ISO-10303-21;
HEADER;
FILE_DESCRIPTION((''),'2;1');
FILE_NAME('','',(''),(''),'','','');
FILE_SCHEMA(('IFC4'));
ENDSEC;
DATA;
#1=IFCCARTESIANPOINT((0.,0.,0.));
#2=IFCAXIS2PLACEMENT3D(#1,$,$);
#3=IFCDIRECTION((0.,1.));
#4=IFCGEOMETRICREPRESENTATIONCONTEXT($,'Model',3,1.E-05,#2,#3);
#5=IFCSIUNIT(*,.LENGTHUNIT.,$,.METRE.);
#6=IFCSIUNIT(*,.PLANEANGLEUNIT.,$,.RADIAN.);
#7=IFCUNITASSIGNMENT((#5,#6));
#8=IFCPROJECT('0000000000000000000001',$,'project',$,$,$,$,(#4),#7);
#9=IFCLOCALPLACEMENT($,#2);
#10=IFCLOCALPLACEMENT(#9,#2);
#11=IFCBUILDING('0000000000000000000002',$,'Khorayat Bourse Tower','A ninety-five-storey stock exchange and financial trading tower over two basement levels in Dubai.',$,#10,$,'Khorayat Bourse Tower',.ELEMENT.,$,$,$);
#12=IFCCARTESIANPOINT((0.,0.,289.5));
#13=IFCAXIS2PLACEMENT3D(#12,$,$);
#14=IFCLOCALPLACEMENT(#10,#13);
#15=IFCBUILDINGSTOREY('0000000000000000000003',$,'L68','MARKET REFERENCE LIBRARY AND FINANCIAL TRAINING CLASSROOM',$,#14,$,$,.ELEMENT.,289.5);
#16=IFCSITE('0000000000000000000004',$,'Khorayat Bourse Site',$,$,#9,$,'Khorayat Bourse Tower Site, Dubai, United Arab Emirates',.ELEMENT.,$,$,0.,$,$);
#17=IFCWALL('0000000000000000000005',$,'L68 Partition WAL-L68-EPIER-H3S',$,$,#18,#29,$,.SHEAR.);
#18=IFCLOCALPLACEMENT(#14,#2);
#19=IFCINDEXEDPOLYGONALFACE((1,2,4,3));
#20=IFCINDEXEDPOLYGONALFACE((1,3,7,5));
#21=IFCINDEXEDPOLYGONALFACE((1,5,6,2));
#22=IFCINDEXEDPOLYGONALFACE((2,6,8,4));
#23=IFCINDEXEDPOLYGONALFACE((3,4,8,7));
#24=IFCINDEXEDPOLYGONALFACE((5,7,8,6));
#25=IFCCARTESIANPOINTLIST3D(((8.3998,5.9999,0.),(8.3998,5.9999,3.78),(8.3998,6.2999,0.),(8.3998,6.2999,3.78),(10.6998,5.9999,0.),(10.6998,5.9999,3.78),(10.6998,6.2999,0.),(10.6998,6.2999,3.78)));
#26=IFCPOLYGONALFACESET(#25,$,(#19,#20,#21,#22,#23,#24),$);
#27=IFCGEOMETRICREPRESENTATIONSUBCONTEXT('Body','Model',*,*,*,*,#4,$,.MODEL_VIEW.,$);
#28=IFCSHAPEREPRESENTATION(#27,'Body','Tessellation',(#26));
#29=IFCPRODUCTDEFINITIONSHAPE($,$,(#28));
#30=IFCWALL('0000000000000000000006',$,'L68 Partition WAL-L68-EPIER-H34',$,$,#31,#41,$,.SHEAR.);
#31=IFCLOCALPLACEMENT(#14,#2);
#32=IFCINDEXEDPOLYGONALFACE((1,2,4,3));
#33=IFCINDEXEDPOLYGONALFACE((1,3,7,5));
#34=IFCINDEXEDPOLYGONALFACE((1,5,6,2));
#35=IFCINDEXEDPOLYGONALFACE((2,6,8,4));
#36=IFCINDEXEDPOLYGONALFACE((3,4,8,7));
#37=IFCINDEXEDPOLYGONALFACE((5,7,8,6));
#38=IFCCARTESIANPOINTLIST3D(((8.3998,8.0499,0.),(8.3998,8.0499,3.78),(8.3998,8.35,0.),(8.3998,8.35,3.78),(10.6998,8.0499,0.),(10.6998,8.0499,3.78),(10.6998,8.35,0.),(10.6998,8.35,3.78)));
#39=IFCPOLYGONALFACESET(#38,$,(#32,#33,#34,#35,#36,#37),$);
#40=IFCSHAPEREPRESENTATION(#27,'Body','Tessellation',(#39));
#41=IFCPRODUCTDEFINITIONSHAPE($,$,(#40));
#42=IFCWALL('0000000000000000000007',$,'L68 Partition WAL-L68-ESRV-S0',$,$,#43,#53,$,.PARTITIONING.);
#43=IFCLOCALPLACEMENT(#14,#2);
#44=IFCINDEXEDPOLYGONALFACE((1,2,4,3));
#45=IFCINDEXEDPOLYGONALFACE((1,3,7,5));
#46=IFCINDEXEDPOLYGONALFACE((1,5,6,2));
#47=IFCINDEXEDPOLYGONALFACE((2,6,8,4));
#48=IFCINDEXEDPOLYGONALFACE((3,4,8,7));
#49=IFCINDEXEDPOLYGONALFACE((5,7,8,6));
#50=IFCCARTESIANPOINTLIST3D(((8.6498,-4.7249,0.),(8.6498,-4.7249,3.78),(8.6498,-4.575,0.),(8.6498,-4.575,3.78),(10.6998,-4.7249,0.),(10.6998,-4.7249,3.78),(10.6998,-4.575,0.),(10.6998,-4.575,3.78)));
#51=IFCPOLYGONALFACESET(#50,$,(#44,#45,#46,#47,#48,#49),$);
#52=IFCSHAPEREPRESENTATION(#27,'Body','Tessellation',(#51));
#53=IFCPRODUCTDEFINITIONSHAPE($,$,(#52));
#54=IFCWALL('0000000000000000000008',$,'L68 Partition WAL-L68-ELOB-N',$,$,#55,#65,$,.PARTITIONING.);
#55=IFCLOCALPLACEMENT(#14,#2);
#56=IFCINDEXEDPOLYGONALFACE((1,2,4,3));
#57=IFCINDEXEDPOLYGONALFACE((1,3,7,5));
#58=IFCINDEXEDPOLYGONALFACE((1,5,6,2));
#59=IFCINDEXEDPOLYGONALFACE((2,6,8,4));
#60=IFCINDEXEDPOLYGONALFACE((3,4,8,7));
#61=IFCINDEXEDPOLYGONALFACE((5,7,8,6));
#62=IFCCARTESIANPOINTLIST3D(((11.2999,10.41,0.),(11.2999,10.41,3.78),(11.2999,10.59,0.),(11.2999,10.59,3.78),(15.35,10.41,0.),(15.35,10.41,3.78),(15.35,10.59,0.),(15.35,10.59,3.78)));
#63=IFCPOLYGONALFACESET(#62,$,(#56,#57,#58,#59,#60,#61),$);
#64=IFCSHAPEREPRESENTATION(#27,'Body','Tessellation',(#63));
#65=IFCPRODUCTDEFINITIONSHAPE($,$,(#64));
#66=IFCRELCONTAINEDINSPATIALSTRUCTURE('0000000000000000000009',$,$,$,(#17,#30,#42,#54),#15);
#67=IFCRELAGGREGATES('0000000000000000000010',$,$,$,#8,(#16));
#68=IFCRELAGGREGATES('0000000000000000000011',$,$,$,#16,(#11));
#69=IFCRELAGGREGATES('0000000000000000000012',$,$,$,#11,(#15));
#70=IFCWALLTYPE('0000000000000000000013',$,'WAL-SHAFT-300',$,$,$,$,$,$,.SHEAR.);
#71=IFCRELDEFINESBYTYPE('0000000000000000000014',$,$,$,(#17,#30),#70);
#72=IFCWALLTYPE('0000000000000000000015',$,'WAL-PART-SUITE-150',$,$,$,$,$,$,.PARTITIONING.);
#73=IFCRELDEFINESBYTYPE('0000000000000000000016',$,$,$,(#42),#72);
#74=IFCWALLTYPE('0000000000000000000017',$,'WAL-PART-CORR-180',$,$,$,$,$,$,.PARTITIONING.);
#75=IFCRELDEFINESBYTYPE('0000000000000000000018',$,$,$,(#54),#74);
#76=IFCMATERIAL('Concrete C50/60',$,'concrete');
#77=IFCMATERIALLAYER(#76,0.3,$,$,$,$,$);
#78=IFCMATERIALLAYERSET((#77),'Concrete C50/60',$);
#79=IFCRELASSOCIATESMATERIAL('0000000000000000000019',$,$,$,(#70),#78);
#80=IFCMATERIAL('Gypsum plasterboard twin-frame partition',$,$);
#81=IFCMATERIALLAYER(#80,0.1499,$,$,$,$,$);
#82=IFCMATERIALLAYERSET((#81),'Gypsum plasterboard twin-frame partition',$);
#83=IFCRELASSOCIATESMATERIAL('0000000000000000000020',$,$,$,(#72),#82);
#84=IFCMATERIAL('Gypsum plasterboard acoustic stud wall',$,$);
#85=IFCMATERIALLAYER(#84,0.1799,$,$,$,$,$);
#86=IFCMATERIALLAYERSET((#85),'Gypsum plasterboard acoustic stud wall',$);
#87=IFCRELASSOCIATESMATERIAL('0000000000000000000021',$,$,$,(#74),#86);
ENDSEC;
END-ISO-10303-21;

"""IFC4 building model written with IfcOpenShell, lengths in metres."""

from ifc_helpers import new_model, si_unit, direction, frame, frame_2d, origin, place, context, subcontext, project, spatial, rectangle, extrude, source, transform, mapped, material, layer, layer_set, type_object, element, save


model = new_model("IFC4")

# Units and contexts
model_context = context("Model", 3, precision=1e-05, world=origin(), true_north=direction((0.0, 1.0)))
body_context = subcontext(model_context, "Body", "Model", "MODEL_VIEW")
ifc_project = project(units=[si_unit("LENGTHUNIT", "METRE"), si_unit("PLANEANGLEUNIT", "RADIAN")], contexts=[model_context])

# Site, building, storey
site_placement = place(None, origin())
site = spatial("IfcSite", under=ifc_project, at=site_placement, Name="Khorayat Bourse Site", LongName="Khorayat Bourse Tower Site, Dubai, United Arab Emirates", CompositionType="ELEMENT", RefElevation=0.0)
building_placement = place(site_placement, origin())
building = spatial("IfcBuilding", under=site, at=building_placement, Name="Khorayat Bourse Tower", Description="A ninety-five-storey stock exchange and financial trading tower over two basement levels in Dubai.", LongName="Khorayat Bourse Tower", CompositionType="ELEMENT")
storey_placement = place(building_placement, frame((0.0, 0.0, 289.5)))
storey = spatial("IfcBuildingStorey", under=building, at=storey_placement, Name="L68", Description="MARKET REFERENCE LIBRARY AND FINANCIAL TRAINING CLASSROOM", CompositionType="ELEMENT", Elevation=289.5)

# Walls
ifc_material_1 = material(Name="Concrete C50/60", Category="concrete")
ifc_layer_1 = layer(ifc_material_1, 0.3)
ifc_layer_set_1 = layer_set([ifc_layer_1], Name="Concrete C50/60")
wall_type_1 = type_object("IfcWallType", Name="WAL-SHAFT-300", PredefinedType="SHEAR", material=ifc_layer_set_1)
shared_shape_1 = source(origin(), body_context, "Body", "SweptSolid", [
    extrude(rectangle(XDim=2.3, YDim=0.3, at=frame_2d((1.1499, 0.0))), origin(), (0.0, 0.0, 1.0), 3.78),
])
for number, where, z_axis, x_axis, name in (
    (1, (8.3999, 6.1499, 0.0), (0.0, 0.0, 1.0), (1.0, 0.0, 0.0), "L68 Partition WAL-L68-EPIER-H3S"),
    (2, (8.3999, 8.2, 0.0), (0.0, 0.0, 1.0), (1.0, 0.0, 0.0), "L68 Partition WAL-L68-EPIER-H34"),
):
    element("IfcWall", number, at=place(storey_placement, frame(where, z_axis=z_axis, x_axis=x_axis)), inside=storey, type_object=wall_type_1, Name=name, PredefinedType="SHEAR", context=body_context, shape_type="MappedRepresentation", body=[
        mapped(shared_shape_1, transform((0.0, 0.0, 0.0), scale=1.0)),
    ])
ifc_material_2 = material(Name="Gypsum plasterboard twin-frame partition")
ifc_layer_2 = layer(ifc_material_2, 0.1499)
ifc_layer_set_2 = layer_set([ifc_layer_2], Name="Gypsum plasterboard twin-frame partition")
wall_type_2 = type_object("IfcWallType", Name="WAL-PART-SUITE-150", PredefinedType="PARTITIONING", material=ifc_layer_set_2)
shared_shape_2 = source(origin(), body_context, "Body", "SweptSolid", [
    extrude(rectangle(XDim=2.05, YDim=0.1499, at=frame_2d((1.0249, 0.0))), origin(), (0.0, 0.0, 1.0), 3.78),
])
wall_1_placement = place(storey_placement, frame((8.6499, -4.6499, 0.0), z_axis=(0.0, 0.0, 1.0), x_axis=(1.0, 0.0, 0.0)))
element("IfcWall", 3, at=wall_1_placement, inside=storey, type_object=wall_type_2, Name="L68 Partition WAL-L68-ESRV-S0", PredefinedType="PARTITIONING", context=body_context, shape_type="MappedRepresentation", body=[
    mapped(shared_shape_2, transform((0.0, 0.0, 0.0), scale=1.0)),
])
ifc_material_3 = material(Name="Gypsum plasterboard acoustic stud wall")
ifc_layer_3 = layer(ifc_material_3, 0.1799)
ifc_layer_set_3 = layer_set([ifc_layer_3], Name="Gypsum plasterboard acoustic stud wall")
wall_type_3 = type_object("IfcWallType", Name="WAL-PART-CORR-180", PredefinedType="PARTITIONING", material=ifc_layer_set_3)
shared_shape_3 = source(origin(), body_context, "Body", "SweptSolid", [
    extrude(rectangle(XDim=4.05, YDim=0.1799, at=frame_2d((2.0249, 0.0))), origin(), (0.0, 0.0, 1.0), 3.78),
])
wall_2_placement = place(storey_placement, frame((11.3, 10.5, 0.0), z_axis=(0.0, 0.0, 1.0), x_axis=(1.0, 0.0, 0.0)))
element("IfcWall", 4, at=wall_2_placement, inside=storey, type_object=wall_type_3, Name="L68 Partition WAL-L68-ELOB-N", PredefinedType="PARTITIONING", context=body_context, shape_type="MappedRepresentation", body=[
    mapped(shared_shape_3, transform((0.0, 0.0, 0.0), scale=1.0)),
])

save(model, "model.ifc")
